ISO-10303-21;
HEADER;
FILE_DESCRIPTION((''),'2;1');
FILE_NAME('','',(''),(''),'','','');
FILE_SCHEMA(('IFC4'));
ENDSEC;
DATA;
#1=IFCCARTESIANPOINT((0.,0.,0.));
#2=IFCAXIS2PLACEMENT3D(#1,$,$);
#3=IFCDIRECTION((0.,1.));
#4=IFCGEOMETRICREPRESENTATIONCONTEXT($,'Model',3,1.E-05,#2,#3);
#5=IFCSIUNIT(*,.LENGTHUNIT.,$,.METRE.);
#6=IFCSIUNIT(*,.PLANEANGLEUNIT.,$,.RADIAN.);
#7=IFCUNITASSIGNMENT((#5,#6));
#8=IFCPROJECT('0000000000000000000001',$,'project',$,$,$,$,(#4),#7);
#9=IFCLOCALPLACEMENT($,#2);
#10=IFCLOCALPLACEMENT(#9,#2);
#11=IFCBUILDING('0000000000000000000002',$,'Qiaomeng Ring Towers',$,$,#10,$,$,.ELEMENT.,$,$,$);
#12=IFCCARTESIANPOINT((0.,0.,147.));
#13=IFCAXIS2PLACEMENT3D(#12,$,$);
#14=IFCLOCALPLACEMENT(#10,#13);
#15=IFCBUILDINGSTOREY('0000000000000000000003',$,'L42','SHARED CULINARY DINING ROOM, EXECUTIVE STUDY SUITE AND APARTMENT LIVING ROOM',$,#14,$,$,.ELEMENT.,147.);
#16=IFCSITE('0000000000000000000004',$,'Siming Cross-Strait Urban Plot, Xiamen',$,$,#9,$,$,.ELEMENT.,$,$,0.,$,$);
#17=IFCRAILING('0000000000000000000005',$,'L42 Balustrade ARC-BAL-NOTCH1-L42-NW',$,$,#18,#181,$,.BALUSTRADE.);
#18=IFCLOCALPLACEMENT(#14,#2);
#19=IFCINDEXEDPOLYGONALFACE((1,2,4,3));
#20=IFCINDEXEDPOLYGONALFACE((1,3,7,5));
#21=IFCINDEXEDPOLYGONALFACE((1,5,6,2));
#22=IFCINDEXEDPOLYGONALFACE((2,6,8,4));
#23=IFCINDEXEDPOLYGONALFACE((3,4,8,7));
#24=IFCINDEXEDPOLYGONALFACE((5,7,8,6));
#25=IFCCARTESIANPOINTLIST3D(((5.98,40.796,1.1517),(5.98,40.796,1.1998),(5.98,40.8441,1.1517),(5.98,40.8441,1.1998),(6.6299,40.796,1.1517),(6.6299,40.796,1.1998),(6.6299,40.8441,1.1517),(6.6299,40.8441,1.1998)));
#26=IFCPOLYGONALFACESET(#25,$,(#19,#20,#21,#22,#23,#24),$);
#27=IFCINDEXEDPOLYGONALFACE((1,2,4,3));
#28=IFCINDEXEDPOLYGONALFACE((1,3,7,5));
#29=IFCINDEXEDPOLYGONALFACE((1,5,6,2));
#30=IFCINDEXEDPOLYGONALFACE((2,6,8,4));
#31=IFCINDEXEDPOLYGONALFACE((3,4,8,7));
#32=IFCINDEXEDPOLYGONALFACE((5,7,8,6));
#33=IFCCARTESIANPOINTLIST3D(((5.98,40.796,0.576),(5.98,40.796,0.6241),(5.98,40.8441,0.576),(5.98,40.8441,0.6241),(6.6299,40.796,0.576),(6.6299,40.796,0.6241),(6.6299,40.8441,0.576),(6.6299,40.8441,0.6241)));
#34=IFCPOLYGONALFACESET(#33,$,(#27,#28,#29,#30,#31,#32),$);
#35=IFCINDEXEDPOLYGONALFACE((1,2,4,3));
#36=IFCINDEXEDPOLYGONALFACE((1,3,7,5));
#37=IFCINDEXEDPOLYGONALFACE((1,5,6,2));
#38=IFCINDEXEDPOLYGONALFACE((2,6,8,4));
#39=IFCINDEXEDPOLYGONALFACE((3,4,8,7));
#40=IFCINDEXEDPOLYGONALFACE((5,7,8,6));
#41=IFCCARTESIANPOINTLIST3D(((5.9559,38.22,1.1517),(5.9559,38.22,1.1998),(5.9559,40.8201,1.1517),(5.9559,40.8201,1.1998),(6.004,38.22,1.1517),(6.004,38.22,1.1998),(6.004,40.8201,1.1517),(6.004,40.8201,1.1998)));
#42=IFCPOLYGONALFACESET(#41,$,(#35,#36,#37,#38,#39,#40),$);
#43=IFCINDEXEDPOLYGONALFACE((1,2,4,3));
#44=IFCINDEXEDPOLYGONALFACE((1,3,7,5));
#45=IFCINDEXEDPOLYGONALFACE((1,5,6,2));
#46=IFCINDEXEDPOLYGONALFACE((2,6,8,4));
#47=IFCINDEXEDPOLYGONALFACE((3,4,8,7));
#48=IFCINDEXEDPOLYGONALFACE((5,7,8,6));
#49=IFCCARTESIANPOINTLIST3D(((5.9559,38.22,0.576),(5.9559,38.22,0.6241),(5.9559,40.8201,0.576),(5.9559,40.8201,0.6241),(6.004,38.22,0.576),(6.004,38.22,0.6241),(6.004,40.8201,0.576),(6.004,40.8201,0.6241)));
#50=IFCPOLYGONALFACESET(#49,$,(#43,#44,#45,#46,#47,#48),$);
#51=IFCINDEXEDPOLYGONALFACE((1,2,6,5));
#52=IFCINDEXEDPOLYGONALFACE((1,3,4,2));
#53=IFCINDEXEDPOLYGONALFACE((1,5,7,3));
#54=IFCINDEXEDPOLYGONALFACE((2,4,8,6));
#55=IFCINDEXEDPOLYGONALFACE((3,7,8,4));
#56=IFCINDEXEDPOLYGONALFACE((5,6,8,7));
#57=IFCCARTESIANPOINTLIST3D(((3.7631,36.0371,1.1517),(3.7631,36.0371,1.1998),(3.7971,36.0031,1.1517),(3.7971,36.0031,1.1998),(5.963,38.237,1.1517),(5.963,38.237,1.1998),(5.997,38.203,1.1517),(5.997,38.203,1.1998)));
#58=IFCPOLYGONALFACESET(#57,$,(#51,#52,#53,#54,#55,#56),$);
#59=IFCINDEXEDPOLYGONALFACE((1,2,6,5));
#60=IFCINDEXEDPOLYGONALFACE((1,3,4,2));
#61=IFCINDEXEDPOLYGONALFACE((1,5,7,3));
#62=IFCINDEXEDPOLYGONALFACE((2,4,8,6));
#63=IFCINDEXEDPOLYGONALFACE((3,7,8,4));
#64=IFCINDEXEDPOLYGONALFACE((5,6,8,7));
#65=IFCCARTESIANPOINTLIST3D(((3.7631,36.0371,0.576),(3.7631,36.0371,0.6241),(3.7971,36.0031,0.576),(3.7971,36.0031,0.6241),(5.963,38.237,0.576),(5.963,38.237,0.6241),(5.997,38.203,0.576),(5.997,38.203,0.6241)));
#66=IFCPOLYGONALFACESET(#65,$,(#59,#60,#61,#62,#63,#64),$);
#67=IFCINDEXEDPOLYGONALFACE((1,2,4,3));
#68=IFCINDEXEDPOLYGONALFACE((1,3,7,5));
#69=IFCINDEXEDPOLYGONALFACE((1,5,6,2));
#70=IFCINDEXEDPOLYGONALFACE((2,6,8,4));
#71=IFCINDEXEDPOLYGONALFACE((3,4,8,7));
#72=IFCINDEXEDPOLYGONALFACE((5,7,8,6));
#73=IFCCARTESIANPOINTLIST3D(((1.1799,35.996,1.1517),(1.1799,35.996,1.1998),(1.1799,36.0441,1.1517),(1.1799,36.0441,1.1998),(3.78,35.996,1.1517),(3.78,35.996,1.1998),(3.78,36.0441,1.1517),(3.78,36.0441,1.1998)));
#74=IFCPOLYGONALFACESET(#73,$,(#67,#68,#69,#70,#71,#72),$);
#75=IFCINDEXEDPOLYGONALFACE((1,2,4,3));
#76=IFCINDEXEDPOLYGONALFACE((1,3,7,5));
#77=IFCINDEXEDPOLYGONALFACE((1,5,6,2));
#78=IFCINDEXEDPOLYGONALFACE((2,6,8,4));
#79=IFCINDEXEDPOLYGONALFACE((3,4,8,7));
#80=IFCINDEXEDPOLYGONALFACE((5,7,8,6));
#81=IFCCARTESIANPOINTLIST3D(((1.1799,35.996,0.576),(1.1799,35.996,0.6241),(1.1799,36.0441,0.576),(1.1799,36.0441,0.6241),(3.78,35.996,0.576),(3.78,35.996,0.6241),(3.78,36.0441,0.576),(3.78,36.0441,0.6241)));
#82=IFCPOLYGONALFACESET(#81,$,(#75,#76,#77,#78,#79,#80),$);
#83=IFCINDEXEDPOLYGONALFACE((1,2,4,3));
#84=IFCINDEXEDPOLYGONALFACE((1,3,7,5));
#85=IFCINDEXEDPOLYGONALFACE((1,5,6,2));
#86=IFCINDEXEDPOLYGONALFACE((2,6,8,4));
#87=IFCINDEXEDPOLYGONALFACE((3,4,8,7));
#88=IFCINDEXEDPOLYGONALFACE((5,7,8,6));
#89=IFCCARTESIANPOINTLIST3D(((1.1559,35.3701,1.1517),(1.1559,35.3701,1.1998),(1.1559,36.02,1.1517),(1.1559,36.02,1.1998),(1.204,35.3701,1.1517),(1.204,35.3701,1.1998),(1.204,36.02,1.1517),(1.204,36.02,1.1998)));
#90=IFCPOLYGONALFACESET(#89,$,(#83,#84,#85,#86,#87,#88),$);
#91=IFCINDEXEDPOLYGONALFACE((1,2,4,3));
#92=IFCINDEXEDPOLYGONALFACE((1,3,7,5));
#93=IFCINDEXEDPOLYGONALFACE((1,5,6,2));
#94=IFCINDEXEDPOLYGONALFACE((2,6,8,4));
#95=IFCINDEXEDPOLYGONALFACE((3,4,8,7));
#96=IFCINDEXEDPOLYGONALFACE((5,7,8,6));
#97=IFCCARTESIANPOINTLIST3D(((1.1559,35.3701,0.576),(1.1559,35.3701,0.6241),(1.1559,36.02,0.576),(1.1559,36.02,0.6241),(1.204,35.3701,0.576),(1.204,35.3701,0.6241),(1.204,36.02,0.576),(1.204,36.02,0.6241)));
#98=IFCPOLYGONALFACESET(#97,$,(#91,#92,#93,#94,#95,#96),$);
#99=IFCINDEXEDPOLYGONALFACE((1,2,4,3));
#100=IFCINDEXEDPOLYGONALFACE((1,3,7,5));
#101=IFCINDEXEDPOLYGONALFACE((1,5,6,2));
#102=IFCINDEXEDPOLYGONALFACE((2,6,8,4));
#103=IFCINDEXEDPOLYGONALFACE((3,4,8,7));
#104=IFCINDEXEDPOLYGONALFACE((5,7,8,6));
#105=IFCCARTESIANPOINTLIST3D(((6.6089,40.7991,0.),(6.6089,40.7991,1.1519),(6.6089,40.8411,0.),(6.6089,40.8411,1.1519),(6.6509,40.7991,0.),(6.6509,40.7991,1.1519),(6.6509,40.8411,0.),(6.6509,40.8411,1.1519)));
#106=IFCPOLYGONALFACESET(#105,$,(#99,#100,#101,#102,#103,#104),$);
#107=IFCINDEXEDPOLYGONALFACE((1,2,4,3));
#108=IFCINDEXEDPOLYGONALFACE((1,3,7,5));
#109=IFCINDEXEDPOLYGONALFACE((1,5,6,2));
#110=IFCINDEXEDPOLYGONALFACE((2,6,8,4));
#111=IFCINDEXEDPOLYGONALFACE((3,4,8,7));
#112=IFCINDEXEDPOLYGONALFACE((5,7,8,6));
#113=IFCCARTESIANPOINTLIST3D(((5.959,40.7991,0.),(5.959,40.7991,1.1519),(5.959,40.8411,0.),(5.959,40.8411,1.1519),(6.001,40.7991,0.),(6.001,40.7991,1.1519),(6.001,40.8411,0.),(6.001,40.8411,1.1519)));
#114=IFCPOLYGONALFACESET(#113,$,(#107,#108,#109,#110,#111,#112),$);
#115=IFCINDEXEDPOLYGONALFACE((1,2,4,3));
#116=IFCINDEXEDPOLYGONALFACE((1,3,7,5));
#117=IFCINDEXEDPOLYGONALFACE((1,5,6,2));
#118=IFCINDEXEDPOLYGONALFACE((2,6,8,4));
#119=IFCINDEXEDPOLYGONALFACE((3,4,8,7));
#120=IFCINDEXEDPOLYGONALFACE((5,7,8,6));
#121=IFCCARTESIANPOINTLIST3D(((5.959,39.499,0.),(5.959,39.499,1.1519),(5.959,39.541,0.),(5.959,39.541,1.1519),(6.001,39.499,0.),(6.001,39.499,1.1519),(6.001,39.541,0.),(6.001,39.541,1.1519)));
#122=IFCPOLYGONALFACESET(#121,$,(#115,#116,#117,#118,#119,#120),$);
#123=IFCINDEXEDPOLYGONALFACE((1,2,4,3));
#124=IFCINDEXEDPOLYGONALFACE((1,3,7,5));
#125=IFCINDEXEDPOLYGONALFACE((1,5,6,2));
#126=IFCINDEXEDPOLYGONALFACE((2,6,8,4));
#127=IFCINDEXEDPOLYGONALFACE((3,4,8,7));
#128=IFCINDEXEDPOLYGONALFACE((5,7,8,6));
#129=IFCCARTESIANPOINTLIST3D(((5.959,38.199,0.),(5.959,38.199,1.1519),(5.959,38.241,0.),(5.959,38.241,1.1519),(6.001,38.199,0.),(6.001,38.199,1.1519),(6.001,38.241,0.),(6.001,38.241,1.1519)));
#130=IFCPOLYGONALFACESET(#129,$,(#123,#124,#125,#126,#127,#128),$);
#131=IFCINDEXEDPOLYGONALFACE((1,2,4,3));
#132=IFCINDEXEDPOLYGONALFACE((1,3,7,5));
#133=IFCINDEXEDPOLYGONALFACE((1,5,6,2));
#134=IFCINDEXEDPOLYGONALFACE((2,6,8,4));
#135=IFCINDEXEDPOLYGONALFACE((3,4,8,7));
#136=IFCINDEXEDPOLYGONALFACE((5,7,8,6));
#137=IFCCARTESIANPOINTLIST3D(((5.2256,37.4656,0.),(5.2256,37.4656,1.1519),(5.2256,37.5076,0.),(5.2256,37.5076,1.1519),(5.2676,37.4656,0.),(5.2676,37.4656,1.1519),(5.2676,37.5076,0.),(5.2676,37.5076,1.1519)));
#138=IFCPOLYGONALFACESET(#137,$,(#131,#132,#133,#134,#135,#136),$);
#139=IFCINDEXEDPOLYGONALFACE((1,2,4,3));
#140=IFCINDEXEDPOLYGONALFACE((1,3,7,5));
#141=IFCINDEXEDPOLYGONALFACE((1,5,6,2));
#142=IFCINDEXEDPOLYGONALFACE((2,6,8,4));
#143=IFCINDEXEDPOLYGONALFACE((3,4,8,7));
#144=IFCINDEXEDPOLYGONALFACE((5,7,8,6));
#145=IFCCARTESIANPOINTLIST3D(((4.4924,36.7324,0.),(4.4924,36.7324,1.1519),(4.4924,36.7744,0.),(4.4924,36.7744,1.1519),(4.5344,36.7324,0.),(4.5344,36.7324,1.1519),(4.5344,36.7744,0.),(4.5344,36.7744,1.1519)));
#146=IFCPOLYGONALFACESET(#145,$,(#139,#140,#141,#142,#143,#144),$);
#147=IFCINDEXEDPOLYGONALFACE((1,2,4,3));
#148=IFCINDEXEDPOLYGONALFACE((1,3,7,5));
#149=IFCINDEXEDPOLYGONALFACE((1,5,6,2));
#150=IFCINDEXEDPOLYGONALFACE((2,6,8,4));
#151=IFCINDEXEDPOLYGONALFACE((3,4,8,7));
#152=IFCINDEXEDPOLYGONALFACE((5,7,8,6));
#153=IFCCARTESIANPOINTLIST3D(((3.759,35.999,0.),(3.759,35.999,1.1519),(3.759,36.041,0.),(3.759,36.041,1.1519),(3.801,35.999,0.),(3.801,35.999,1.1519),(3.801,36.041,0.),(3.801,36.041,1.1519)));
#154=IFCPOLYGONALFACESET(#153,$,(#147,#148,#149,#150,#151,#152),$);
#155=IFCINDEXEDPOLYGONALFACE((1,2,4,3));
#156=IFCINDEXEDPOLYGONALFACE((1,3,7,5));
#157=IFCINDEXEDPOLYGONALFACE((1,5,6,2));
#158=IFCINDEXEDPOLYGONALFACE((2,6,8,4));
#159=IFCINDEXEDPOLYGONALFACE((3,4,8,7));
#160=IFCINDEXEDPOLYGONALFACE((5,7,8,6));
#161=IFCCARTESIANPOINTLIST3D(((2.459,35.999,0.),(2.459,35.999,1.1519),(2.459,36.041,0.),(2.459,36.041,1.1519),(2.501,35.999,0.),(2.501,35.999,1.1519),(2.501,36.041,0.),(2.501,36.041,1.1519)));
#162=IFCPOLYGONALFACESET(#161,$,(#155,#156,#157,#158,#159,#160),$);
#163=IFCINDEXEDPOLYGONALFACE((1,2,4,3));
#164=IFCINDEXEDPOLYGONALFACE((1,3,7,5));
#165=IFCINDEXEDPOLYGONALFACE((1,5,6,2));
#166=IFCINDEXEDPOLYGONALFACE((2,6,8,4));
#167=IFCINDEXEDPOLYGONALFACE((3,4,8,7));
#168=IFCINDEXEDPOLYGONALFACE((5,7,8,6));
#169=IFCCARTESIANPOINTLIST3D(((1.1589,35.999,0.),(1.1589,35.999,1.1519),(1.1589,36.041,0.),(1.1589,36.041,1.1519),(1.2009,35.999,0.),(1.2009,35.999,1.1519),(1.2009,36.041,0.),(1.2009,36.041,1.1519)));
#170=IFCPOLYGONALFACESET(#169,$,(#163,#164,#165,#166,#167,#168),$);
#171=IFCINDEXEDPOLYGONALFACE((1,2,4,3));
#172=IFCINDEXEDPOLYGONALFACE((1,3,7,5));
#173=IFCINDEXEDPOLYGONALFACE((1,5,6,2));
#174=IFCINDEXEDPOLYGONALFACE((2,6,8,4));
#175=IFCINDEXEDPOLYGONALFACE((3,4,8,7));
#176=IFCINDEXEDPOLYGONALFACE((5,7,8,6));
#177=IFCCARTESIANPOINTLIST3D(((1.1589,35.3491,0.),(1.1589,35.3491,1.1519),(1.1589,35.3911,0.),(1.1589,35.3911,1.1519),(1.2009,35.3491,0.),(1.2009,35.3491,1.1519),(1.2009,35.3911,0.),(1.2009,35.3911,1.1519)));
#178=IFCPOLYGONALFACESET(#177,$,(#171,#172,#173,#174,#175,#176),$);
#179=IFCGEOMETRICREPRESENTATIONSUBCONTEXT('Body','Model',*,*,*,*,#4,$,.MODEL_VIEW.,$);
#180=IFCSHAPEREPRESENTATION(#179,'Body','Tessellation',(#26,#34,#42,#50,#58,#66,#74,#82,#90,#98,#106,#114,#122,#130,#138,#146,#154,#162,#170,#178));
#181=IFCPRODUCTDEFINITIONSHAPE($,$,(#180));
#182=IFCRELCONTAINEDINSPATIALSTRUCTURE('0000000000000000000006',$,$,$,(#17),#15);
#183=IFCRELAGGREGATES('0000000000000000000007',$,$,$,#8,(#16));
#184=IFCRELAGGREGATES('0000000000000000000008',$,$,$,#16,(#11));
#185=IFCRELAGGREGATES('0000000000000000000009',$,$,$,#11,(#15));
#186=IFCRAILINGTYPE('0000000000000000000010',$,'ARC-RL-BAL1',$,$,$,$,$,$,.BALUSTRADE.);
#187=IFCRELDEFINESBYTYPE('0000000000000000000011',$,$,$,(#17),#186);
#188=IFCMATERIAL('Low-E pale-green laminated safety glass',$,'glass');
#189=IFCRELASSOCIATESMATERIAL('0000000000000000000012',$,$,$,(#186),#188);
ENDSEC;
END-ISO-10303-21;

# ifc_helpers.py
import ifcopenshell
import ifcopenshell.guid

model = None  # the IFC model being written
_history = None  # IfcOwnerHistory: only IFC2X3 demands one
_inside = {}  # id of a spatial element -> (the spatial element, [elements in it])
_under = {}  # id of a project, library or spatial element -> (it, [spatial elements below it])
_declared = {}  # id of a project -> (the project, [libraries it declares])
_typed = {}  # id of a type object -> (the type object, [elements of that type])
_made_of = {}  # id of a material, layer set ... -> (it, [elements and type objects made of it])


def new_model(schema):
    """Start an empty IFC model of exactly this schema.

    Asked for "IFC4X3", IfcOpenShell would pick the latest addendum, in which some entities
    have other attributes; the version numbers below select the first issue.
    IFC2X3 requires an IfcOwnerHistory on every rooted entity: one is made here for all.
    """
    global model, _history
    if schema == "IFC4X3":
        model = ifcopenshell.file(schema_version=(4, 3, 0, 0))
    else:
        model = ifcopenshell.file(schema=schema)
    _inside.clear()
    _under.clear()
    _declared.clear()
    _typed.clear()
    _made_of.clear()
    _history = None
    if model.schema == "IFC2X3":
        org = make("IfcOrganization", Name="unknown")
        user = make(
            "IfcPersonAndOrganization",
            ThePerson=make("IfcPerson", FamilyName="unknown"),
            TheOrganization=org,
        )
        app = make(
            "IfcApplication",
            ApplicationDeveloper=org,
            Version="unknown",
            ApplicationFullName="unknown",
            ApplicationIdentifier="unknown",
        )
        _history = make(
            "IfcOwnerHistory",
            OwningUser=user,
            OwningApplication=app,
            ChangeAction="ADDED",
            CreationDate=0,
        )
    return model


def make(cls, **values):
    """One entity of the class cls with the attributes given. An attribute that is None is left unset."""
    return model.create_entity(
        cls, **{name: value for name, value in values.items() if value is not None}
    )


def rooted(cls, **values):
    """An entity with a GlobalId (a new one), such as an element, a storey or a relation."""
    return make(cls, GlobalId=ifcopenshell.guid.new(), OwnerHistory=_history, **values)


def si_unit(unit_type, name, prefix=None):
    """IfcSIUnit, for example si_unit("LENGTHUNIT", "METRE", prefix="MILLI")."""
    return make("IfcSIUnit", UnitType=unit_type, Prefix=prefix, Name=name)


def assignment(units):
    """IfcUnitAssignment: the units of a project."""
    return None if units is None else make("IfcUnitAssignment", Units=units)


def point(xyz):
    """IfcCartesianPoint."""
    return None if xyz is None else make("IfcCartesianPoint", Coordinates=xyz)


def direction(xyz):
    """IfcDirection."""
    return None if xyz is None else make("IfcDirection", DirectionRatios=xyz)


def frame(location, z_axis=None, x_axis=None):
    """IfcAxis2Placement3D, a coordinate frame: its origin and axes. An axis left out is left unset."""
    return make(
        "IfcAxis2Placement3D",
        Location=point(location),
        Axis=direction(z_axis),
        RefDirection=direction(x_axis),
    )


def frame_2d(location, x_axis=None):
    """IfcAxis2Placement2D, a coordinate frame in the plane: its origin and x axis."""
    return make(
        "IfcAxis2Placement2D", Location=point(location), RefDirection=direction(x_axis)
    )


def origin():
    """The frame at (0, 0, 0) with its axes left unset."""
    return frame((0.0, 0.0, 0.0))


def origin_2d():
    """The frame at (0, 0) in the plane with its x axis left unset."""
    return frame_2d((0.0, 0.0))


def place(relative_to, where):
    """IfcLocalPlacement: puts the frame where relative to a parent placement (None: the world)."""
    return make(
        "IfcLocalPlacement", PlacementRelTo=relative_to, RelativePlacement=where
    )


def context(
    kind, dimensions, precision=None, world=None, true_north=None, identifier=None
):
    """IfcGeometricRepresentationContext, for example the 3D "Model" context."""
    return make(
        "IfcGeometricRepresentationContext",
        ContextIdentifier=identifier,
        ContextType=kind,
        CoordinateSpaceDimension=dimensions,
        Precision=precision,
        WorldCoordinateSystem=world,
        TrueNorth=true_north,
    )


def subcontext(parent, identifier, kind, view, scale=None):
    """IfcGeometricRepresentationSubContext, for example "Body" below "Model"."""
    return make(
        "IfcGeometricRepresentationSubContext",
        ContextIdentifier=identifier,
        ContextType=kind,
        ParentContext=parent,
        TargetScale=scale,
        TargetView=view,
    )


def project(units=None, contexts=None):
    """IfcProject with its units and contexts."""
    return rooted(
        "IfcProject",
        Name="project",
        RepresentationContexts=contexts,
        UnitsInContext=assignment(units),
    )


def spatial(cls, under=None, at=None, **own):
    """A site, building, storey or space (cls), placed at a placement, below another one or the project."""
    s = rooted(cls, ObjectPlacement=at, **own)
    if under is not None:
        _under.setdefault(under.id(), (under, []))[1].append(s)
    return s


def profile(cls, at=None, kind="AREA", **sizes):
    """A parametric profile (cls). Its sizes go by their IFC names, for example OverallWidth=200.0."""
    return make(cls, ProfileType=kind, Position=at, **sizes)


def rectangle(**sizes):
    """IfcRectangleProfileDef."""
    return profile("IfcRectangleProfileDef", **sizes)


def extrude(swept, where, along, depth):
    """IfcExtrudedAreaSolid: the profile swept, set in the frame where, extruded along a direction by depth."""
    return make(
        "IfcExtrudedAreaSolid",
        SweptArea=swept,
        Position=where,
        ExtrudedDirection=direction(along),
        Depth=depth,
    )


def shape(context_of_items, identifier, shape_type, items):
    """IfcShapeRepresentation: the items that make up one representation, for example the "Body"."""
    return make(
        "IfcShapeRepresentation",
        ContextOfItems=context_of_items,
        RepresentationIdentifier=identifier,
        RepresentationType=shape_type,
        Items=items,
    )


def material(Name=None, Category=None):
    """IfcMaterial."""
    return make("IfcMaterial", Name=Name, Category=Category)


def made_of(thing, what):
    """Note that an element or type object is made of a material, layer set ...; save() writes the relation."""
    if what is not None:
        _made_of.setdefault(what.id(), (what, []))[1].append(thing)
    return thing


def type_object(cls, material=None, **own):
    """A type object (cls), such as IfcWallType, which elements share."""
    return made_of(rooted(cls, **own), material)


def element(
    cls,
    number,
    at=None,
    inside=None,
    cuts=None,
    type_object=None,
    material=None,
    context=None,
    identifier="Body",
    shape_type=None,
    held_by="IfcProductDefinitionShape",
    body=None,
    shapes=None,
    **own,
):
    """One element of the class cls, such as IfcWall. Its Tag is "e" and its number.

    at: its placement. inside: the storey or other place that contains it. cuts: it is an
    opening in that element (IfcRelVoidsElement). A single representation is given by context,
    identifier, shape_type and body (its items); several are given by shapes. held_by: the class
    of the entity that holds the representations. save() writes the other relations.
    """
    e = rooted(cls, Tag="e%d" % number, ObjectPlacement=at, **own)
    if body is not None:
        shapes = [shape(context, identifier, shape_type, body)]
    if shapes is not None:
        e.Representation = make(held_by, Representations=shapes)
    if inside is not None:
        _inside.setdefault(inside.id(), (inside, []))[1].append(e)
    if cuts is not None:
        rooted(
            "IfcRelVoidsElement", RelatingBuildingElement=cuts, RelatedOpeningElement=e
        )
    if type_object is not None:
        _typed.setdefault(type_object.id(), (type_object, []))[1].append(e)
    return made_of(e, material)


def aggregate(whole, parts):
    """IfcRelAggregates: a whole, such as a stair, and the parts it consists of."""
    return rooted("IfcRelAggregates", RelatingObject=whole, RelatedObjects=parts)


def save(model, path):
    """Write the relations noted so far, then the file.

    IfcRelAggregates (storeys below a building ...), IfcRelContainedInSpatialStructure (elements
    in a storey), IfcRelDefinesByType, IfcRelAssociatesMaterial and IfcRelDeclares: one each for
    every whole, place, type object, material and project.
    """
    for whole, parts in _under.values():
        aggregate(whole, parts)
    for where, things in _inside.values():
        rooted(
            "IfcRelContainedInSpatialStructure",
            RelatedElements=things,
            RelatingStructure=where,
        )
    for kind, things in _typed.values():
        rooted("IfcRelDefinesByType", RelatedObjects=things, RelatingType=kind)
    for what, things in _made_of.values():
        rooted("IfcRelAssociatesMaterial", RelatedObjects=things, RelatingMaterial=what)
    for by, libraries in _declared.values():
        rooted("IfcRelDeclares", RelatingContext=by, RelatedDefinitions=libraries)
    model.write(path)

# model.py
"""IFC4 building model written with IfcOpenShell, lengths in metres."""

from ifc_helpers import new_model, si_unit, direction, frame, origin, origin_2d, place, context, subcontext, project, spatial, rectangle, extrude, material, type_object, element, save


model = new_model("IFC4")

# Units and contexts
model_context = context("Model", 3, precision=1e-05, world=origin(), true_north=direction((0.0, 1.0)))
body_context = subcontext(model_context, "Body", "Model", "MODEL_VIEW")
ifc_project = project(units=[si_unit("LENGTHUNIT", "METRE"), si_unit("PLANEANGLEUNIT", "RADIAN")], contexts=[model_context])

# Site, building, storey
site_placement = place(None, origin())
site = spatial("IfcSite", under=ifc_project, at=site_placement, Name="Siming Cross-Strait Urban Plot, Xiamen", CompositionType="ELEMENT", RefElevation=0.0)
building_placement = place(site_placement, origin())
building = spatial("IfcBuilding", under=site, at=building_placement, Name="Qiaomeng Ring Towers", CompositionType="ELEMENT")
storey_placement = place(building_placement, frame((0.0, 0.0, 147.0)))
storey = spatial("IfcBuildingStorey", under=building, at=storey_placement, Name="L42", Description="SHARED CULINARY DINING ROOM, EXECUTIVE STUDY SUITE AND APARTMENT LIVING ROOM", CompositionType="ELEMENT", Elevation=147.0)

# Railing
ifc_material_1 = material(Name="Low-E pale-green laminated safety glass", Category="glass")
railing_type = type_object("IfcRailingType", Name="ARC-RL-BAL1", PredefinedType="BALUSTRADE", material=ifc_material_1)
railing_placement = place(storey_placement, frame((6.6299, 40.8201, 0.0)))
element("IfcRailing", 1, at=railing_placement, inside=storey, type_object=railing_type, Name="L42 Balustrade ARC-BAL-NOTCH1-L42-NW", PredefinedType="BALUSTRADE", context=body_context, shape_type="SweptSolid", body=[
    extrude(rectangle(XDim=0.0481, YDim=0.0481, at=origin_2d()), frame((0.0, 0.0, 1.1758), z_axis=(-1.0, 0.0, 0.0), x_axis=(0.0, -1.0, 0.0)), (0.0, 0.0, 1.0), 0.6499),
    extrude(rectangle(XDim=0.0481, YDim=0.0481, at=origin_2d()), frame((0.0, 0.0, 0.6001), z_axis=(-1.0, 0.0, 0.0), x_axis=(0.0, -1.0, 0.0)), (0.0, 0.0, 1.0), 0.6499),
    extrude(rectangle(XDim=0.0481, YDim=0.0481, at=origin_2d()), frame((-0.6499, 0.0, 1.1758), z_axis=(0.0, -1.0, 0.0), x_axis=(1.0, 0.0, 0.0)), (0.0, 0.0, 1.0), 2.6001),
    extrude(rectangle(XDim=0.0481, YDim=0.0481, at=origin_2d()), frame((-0.6499, 0.0, 0.6001), z_axis=(0.0, -1.0, 0.0), x_axis=(1.0, 0.0, 0.0)), (0.0, 0.0, 1.0), 2.6001),
    extrude(rectangle(XDim=0.0481, YDim=0.0481, at=origin_2d()), frame((-0.6499, -2.6001, 1.1758), z_axis=(-0.707107, -0.707107, 0.0), x_axis=(0.707107, -0.707107, 0.0)), (0.0, 0.0, 1.0), 3.1111),
    extrude(rectangle(XDim=0.0481, YDim=0.0481, at=origin_2d()), frame((-0.6499, -2.6001, 0.6001), z_axis=(-0.707107, -0.707107, 0.0), x_axis=(0.707107, -0.707107, 0.0)), (0.0, 0.0, 1.0), 3.1111),
    extrude(rectangle(XDim=0.0481, YDim=0.0481, at=origin_2d()), frame((-2.8499, -4.8, 1.1758), z_axis=(-1.0, 0.0, 0.0), x_axis=(0.0, -1.0, 0.0)), (0.0, 0.0, 1.0), 2.6001),
    extrude(rectangle(XDim=0.0481, YDim=0.0481, at=origin_2d()), frame((-2.8499, -4.8, 0.6001), z_axis=(-1.0, 0.0, 0.0), x_axis=(0.0, -1.0, 0.0)), (0.0, 0.0, 1.0), 2.6001),
    extrude(rectangle(XDim=0.0481, YDim=0.0481, at=origin_2d()), frame((-5.45, -4.8, 1.1758), z_axis=(0.0, -1.0, 0.0), x_axis=(1.0, 0.0, 0.0)), (0.0, 0.0, 1.0), 0.6499),
    extrude(rectangle(XDim=0.0481, YDim=0.0481, at=origin_2d()), frame((-5.45, -4.8, 0.6001), z_axis=(0.0, -1.0, 0.0), x_axis=(1.0, 0.0, 0.0)), (0.0, 0.0, 1.0), 0.6499),
    extrude(rectangle(XDim=0.042, YDim=0.042, at=origin_2d()), origin(), (0.0, 0.0, 1.0), 1.1519),
    extrude(rectangle(XDim=0.042, YDim=0.042, at=origin_2d()), frame((-0.6499, 0.0, 0.0)), (0.0, 0.0, 1.0), 1.1519),
    extrude(rectangle(XDim=0.042, YDim=0.042, at=origin_2d()), frame((-0.6499, -1.3, 0.0)), (0.0, 0.0, 1.0), 1.1519),
    extrude(rectangle(XDim=0.042, YDim=0.042, at=origin_2d()), frame((-0.6499, -2.6001, 0.0)), (0.0, 0.0, 1.0), 1.1519),
    extrude(rectangle(XDim=0.042, YDim=0.042, at=origin_2d()), frame((-1.3833, -3.3335, 0.0)), (0.0, 0.0, 1.0), 1.1519),
    extrude(rectangle(XDim=0.042, YDim=0.042, at=origin_2d()), frame((-2.1165, -4.0667, 0.0)), (0.0, 0.0, 1.0), 1.1519),
    extrude(rectangle(XDim=0.042, YDim=0.042, at=origin_2d()), frame((-2.8499, -4.8, 0.0)), (0.0, 0.0, 1.0), 1.1519),
    extrude(rectangle(XDim=0.042, YDim=0.042, at=origin_2d()), frame((-4.1499, -4.8, 0.0)), (0.0, 0.0, 1.0), 1.1519),
    extrude(rectangle(XDim=0.042, YDim=0.042, at=origin_2d()), frame((-5.45, -4.8, 0.0)), (0.0, 0.0, 1.0), 1.1519),
    extrude(rectangle(XDim=0.042, YDim=0.042, at=origin_2d()), frame((-5.45, -5.45, 0.0)), (0.0, 0.0, 1.0), 1.1519),
])

save(model, "model.ifc")
